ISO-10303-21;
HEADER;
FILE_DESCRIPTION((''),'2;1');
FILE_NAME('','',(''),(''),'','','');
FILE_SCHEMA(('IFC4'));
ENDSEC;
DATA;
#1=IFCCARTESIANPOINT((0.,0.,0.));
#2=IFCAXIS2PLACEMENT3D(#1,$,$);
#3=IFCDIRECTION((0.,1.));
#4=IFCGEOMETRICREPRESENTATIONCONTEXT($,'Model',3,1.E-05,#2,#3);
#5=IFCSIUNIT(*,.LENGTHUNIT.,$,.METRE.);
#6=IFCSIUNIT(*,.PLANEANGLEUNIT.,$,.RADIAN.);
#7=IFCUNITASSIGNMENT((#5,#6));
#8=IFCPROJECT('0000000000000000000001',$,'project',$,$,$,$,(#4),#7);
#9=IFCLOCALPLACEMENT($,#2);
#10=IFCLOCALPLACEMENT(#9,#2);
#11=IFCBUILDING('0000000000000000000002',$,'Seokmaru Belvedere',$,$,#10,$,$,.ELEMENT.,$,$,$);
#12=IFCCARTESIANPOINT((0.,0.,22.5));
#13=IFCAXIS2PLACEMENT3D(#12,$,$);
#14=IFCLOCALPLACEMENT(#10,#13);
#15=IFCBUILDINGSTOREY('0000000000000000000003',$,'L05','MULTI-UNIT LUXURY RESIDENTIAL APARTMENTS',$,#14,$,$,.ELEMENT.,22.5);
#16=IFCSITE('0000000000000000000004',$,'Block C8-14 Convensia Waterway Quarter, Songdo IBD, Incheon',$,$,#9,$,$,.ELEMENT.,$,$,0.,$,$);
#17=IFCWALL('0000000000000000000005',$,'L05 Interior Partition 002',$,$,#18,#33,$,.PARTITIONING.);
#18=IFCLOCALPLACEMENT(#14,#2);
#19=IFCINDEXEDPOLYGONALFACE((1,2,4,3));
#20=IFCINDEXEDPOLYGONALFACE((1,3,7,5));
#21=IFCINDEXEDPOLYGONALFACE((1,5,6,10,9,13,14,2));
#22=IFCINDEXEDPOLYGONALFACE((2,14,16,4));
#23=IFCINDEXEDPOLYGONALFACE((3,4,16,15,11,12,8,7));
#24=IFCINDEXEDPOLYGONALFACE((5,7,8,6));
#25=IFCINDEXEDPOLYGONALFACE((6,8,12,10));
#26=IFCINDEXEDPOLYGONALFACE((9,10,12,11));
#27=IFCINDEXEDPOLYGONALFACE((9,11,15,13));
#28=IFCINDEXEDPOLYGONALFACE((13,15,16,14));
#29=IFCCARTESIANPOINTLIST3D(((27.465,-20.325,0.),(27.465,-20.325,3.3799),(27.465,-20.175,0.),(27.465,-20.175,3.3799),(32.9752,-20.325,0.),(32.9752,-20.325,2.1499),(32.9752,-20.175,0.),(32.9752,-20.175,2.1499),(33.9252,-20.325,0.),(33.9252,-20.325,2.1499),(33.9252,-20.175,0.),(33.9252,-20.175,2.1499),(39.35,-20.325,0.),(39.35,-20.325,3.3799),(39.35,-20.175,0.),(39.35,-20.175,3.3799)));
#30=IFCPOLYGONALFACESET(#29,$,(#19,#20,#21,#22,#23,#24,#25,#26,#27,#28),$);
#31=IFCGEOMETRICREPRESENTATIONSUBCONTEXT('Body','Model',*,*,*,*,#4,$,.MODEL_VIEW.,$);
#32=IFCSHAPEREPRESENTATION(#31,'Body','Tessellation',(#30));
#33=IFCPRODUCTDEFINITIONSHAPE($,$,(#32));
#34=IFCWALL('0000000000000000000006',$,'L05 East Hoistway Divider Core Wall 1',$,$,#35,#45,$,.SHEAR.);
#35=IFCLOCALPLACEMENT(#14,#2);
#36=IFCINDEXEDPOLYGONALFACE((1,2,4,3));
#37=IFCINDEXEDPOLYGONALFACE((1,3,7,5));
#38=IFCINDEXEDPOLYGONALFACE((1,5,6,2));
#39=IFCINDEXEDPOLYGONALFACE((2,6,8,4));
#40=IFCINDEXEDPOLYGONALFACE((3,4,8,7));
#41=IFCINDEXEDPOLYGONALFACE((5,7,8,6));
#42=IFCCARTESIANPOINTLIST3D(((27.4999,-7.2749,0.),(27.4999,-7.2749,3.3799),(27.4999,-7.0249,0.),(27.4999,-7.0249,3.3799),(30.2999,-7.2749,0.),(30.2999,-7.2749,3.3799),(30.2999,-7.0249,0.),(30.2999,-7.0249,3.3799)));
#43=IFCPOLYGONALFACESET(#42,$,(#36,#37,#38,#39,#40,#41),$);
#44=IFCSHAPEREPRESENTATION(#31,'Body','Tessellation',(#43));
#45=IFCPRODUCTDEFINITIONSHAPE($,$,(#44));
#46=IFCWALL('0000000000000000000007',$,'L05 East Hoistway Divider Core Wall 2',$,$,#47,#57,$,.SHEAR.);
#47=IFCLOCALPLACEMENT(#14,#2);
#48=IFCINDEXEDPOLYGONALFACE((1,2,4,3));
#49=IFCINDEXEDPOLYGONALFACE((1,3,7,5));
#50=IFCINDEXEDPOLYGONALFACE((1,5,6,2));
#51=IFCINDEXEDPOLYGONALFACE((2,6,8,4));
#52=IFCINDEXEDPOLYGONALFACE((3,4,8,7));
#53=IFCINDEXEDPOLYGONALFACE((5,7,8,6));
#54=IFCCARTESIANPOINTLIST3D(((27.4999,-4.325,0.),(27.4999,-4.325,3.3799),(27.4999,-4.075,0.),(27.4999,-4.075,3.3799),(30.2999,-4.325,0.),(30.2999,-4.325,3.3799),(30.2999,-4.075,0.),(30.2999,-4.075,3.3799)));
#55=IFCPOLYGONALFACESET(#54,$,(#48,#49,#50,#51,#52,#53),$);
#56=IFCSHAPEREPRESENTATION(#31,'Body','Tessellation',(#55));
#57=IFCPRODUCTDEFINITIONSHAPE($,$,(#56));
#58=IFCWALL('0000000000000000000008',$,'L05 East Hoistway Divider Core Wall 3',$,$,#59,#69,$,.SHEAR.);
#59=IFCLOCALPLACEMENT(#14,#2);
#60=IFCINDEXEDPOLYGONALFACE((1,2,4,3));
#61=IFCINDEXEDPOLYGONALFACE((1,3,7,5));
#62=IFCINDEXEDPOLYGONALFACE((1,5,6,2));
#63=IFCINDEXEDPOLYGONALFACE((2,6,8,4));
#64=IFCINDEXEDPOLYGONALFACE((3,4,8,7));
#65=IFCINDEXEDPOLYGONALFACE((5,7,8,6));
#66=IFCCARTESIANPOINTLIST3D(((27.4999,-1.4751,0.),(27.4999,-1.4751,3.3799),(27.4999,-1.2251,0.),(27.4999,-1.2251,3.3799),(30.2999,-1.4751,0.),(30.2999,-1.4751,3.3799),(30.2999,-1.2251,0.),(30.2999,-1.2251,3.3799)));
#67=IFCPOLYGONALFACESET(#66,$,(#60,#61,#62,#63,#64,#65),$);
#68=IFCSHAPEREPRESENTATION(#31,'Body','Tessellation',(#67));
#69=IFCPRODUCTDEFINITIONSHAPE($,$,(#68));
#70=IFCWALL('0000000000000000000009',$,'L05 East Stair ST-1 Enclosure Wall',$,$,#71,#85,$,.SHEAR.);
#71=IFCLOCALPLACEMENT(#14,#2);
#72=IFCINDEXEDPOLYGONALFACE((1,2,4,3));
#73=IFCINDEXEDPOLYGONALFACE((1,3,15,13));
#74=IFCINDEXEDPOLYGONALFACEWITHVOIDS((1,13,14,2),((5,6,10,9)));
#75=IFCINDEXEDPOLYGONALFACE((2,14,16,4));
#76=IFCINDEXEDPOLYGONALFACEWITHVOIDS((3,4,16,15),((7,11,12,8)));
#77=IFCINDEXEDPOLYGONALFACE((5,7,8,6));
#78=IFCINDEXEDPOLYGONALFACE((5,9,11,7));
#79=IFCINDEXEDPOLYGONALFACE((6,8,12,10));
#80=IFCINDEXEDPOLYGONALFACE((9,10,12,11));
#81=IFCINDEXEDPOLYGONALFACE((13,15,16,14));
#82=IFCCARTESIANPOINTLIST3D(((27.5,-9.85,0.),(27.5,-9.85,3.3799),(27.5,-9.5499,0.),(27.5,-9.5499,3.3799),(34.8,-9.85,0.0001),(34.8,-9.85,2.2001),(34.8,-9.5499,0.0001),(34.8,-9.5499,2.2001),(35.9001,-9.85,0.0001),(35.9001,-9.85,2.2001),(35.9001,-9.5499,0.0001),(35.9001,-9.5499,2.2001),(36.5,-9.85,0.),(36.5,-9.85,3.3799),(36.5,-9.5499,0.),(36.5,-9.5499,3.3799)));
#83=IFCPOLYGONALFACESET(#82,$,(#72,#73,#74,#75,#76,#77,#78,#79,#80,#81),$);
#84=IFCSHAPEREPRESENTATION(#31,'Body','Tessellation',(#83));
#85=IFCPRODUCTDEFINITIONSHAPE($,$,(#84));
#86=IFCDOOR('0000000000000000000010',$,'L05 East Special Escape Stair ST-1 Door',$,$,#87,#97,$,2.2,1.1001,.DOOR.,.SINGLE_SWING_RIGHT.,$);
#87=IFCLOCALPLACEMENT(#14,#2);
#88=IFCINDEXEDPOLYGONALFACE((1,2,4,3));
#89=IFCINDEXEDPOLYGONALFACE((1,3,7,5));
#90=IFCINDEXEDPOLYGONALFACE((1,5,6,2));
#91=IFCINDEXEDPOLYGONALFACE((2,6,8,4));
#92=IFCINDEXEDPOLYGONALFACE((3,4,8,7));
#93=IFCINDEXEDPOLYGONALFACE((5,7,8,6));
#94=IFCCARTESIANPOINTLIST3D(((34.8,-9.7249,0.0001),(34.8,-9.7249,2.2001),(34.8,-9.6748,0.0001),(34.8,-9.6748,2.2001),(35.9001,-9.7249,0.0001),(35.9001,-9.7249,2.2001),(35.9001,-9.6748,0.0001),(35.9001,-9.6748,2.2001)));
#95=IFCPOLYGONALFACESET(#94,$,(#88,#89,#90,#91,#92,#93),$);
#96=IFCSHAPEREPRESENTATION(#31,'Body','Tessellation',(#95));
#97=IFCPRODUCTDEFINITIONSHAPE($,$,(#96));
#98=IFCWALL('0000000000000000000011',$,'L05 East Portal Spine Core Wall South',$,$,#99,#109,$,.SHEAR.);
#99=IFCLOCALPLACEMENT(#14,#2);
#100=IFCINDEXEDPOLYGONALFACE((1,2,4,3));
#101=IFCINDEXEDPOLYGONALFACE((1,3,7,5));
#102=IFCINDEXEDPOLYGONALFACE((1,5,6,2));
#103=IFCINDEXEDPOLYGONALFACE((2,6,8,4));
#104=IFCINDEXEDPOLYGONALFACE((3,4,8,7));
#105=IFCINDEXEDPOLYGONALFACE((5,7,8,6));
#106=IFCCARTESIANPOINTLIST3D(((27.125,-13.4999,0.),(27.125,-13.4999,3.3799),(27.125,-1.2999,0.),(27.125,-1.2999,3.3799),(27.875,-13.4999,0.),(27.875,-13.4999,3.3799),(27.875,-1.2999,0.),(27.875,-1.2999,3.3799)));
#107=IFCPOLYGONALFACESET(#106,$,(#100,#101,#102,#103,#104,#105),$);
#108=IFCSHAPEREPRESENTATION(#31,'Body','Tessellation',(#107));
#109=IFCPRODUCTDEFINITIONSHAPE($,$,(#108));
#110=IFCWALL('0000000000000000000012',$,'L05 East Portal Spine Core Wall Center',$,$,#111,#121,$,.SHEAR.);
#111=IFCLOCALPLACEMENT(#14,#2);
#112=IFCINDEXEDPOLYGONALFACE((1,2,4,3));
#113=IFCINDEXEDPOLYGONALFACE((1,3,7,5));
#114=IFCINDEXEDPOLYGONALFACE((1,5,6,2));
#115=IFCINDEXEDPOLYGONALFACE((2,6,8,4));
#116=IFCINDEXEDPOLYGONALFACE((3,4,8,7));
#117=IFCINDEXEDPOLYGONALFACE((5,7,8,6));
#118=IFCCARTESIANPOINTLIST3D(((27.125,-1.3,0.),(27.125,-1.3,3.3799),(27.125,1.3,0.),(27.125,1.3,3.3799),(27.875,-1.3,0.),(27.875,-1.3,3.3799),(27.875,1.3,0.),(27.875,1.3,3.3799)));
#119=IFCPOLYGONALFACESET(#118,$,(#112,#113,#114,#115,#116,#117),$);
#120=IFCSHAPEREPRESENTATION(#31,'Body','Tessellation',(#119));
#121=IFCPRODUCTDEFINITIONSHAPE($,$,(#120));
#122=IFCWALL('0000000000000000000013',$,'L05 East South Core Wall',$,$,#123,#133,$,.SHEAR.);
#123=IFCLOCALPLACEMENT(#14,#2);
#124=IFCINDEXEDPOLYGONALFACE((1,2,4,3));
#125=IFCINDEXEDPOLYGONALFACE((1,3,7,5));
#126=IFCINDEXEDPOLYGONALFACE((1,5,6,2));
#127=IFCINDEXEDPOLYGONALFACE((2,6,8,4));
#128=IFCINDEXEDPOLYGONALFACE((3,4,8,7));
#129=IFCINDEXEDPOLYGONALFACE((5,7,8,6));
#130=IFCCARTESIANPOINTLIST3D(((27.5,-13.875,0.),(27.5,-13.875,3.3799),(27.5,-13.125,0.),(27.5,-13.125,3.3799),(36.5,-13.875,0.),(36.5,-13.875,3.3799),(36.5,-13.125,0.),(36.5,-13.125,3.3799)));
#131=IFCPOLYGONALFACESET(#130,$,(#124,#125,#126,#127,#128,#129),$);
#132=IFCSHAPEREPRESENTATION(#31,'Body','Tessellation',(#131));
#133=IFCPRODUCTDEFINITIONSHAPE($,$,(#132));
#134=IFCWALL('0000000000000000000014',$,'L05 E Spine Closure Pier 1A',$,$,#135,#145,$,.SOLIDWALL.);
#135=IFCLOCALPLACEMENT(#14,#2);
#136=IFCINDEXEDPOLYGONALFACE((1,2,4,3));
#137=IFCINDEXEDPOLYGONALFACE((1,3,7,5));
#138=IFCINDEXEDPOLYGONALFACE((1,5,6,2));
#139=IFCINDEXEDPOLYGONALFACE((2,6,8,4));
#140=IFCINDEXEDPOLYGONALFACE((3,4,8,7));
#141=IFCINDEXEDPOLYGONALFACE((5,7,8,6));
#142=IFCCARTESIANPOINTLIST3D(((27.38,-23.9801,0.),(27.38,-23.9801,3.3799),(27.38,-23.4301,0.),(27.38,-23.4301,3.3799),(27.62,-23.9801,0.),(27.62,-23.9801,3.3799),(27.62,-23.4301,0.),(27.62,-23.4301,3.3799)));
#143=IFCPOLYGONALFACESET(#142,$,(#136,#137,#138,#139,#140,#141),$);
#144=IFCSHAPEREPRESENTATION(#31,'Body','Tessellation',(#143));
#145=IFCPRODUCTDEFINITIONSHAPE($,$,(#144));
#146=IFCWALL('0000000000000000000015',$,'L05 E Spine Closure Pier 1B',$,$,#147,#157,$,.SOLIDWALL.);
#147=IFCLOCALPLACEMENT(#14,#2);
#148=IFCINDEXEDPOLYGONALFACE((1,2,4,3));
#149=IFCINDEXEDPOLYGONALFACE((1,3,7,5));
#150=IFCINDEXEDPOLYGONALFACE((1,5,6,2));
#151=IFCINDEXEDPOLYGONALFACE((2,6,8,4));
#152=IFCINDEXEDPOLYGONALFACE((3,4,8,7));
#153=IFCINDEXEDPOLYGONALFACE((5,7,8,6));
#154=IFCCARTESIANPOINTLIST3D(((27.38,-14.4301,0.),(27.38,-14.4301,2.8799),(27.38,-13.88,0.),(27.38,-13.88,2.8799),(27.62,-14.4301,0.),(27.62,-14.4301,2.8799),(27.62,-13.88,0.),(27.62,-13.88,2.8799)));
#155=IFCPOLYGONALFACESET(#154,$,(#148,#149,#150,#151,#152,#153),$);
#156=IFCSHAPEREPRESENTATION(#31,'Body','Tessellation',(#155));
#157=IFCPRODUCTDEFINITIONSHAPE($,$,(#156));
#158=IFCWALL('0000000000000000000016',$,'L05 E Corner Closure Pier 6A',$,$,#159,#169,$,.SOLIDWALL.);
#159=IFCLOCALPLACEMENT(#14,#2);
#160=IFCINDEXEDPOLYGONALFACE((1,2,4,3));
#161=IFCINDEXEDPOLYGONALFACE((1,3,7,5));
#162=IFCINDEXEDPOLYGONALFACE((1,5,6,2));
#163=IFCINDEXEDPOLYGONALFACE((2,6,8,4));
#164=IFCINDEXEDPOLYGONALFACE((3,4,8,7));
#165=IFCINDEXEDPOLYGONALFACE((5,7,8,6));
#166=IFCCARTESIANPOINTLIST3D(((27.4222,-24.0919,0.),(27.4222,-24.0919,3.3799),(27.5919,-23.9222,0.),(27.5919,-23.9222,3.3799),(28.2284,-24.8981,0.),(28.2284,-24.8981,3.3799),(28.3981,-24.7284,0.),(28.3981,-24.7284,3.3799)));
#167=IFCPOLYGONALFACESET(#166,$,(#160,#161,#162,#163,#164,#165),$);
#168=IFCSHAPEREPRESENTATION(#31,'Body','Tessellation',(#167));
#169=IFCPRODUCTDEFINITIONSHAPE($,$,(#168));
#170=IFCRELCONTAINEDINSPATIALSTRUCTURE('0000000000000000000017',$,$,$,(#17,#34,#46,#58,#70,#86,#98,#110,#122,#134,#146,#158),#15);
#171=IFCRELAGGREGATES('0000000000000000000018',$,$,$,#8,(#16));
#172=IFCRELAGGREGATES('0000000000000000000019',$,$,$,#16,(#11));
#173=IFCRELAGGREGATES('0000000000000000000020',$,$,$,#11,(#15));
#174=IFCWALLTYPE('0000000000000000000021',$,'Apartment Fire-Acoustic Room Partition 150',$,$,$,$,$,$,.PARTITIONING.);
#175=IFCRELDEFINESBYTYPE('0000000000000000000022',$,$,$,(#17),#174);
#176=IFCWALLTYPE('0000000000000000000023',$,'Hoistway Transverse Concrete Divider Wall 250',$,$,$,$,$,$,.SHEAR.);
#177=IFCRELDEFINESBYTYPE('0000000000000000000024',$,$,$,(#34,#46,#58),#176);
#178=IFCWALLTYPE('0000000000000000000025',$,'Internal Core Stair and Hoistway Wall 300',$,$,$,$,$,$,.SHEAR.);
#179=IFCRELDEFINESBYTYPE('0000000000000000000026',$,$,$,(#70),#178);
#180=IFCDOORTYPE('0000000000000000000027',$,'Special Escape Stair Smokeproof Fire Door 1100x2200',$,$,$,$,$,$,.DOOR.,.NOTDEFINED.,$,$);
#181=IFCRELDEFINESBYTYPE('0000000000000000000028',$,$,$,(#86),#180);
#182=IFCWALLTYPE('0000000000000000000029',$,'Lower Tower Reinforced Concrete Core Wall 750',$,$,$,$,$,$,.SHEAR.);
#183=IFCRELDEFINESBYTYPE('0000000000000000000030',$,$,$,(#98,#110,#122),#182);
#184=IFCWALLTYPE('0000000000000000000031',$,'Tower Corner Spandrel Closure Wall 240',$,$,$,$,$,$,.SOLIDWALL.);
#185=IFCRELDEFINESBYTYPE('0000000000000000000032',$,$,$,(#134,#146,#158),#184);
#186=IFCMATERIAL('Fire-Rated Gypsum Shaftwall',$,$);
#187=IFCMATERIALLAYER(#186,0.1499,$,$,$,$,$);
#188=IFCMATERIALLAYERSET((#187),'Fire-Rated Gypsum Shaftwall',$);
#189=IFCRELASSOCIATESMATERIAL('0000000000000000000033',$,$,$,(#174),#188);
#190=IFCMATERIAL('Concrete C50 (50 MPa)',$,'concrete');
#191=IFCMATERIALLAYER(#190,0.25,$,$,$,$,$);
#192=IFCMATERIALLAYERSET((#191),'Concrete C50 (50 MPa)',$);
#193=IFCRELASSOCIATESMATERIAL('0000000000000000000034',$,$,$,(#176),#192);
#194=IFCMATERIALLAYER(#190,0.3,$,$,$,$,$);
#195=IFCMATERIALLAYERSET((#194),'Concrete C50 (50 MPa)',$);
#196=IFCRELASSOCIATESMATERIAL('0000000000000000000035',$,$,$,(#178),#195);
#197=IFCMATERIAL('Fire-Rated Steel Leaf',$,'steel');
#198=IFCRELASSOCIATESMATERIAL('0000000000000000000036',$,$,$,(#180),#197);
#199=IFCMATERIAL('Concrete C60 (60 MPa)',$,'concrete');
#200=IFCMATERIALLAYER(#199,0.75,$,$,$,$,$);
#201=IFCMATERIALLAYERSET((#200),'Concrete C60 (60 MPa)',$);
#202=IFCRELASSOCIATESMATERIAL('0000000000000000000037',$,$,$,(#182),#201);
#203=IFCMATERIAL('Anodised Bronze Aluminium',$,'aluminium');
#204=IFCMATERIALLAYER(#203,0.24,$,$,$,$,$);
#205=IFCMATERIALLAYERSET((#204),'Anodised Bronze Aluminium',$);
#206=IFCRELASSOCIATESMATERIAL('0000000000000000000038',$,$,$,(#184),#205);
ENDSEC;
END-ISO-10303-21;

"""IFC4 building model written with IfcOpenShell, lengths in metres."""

from ifc_helpers import new_model, si_unit, direction, frame, frame_2d, origin, place, context, subcontext, project, spatial, rectangle, extrude, source, transform, mapped, material, layer, layer_set, type_object, type_shapes, element, fill, save


model = new_model("IFC4")

# Units and contexts
model_context = context("Model", 3, precision=1e-05, world=origin(), true_north=direction((0.0, 1.0)))
body_context = subcontext(model_context, "Body", "Model", "MODEL_VIEW")
ifc_project = project(units=[si_unit("LENGTHUNIT", "METRE"), si_unit("PLANEANGLEUNIT", "RADIAN")], contexts=[model_context])

# Site, building, storey
site_placement = place(None, origin())
site = spatial("IfcSite", under=ifc_project, at=site_placement, Name="Block C8-14 Convensia Waterway Quarter, Songdo IBD, Incheon", CompositionType="ELEMENT", RefElevation=0.0)
building_placement = place(site_placement, origin())
building = spatial("IfcBuilding", under=site, at=building_placement, Name="Seokmaru Belvedere", CompositionType="ELEMENT")
storey_placement = place(building_placement, frame((0.0, 0.0, 22.5)))
storey = spatial("IfcBuildingStorey", under=building, at=storey_placement, Name="L05", Description="MULTI-UNIT LUXURY RESIDENTIAL APARTMENTS", CompositionType="ELEMENT", Elevation=22.5)

# Shared definitions
ifc_material_1 = material(Name="Anodised Bronze Aluminium", Category="aluminium")

# Wall, opening
ifc_material_2 = material(Name="Fire-Rated Gypsum Shaftwall")
ifc_layer_1 = layer(ifc_material_2, 0.1499)
ifc_layer_set_1 = layer_set([ifc_layer_1], Name="Fire-Rated Gypsum Shaftwall")
wall_type_1 = type_object("IfcWallType", Name="Apartment Fire-Acoustic Room Partition 150", PredefinedType="PARTITIONING", material=ifc_layer_set_1)
wall_1_placement = place(storey_placement, frame((27.4651, -20.25, 0.0), z_axis=(0.0, 0.0, 1.0), x_axis=(1.0, 0.0, 0.0)))
wall_1 = element("IfcWall", 1, at=wall_1_placement, inside=storey, type_object=wall_type_1, Name="L05 Interior Partition 002", PredefinedType="PARTITIONING", context=body_context, shape_type="SweptSolid", body=[
    extrude(rectangle(XDim=11.885, YDim=0.1499, at=frame_2d((5.9424, 0.0))), origin(), (0.0, 0.0, 1.0), 3.3799),
])
opening_1_placement = place(wall_1_placement, frame((5.51, 0.0, 0.0)))
element("IfcOpeningElement", 2, at=opening_1_placement, cuts=wall_1, PredefinedType="OPENING", context=body_context, shape_type="SweptSolid", body=[
    extrude(rectangle(XDim=0.95, YDim=2.1499, at=frame_2d((0.4751, 1.075))), frame((0.0, 0.085, 0.0), z_axis=(0.0, -1.0, 0.0), x_axis=(1.0, 0.0, 0.0)), (0.0, 0.0, 1.0), 0.1699),
])

# Walls
ifc_material_3 = material(Name="Concrete C50 (50 MPa)", Category="concrete")
ifc_layer_2 = layer(ifc_material_3, 0.25)
ifc_layer_set_2 = layer_set([ifc_layer_2], Name="Concrete C50 (50 MPa)")
wall_type_2 = type_object("IfcWallType", Name="Hoistway Transverse Concrete Divider Wall 250", PredefinedType="SHEAR", material=ifc_layer_set_2)
for number, where, z_axis, x_axis, name in (
    (3, (27.5, -7.1499, 0.0), (0.0, 0.0, 1.0), (1.0, 0.0, 0.0), "L05 East Hoistway Divider Core Wall 1"),
    (4, (27.5, -4.2, 0.0), (0.0, 0.0, 1.0), (1.0, 0.0, 0.0), "L05 East Hoistway Divider Core Wall 2"),
    (5, (27.5, -1.3501, 0.0), (0.0, 0.0, 1.0), (1.0, 0.0, 0.0), "L05 East Hoistway Divider Core Wall 3"),
):
    element("IfcWall", number, at=place(storey_placement, frame(where, z_axis=z_axis, x_axis=x_axis)), inside=storey, type_object=wall_type_2, Name=name, PredefinedType="SHEAR", context=body_context, shape_type="SweptSolid", body=[
        extrude(rectangle(XDim=2.8, YDim=0.25, at=frame_2d((1.3999, 0.0))), origin(), (0.0, 0.0, 1.0), 3.3799),
    ])

# Wall, opening, door
ifc_layer_3 = layer(ifc_material_3, 0.3)
ifc_layer_set_3 = layer_set([ifc_layer_3], Name="Concrete C50 (50 MPa)")
wall_type_3 = type_object("IfcWallType", Name="Internal Core Stair and Hoistway Wall 300", PredefinedType="SHEAR", material=ifc_layer_set_3)
wall_2_placement = place(storey_placement, frame((27.5, -9.7, 0.0), z_axis=(0.0, 0.0, 1.0), x_axis=(1.0, 0.0, 0.0)))
wall_2 = element("IfcWall", 6, at=wall_2_placement, inside=storey, type_object=wall_type_3, Name="L05 East Stair ST-1 Enclosure Wall", PredefinedType="SHEAR", context=body_context, shape_type="SweptSolid", body=[
    extrude(rectangle(XDim=9.0, YDim=0.3, at=frame_2d((4.5, 0.0))), origin(), (0.0, 0.0, 1.0), 3.3799),
])
opening_2_placement = place(wall_2_placement, frame((7.3, 0.0, 0.0)))
opening_2 = element("IfcOpeningElement", 7, at=opening_2_placement, cuts=wall_2, PredefinedType="OPENING", context=body_context, shape_type="SweptSolid", body=[
    extrude(rectangle(XDim=1.1001, YDim=2.2, at=frame_2d((0.55, 1.1001))), frame((0.0, 0.1602, 0.0), z_axis=(0.0, -1.0, 0.0), x_axis=(1.0, 0.0, 0.0)), (0.0, 0.0, 1.0), 0.3201),
])
ifc_material_4 = material(Name="Fire-Rated Steel Leaf", Category="steel")
door_type = type_object("IfcDoorType", Name="Special Escape Stair Smokeproof Fire Door 1100x2200", OperationType="NOTDEFINED", PredefinedType="DOOR", material=ifc_material_4)
shared_shape_1 = source(origin(), body_context, "Body", "SweptSolid", [
    extrude(rectangle(XDim=1.1001, YDim=2.2, at=frame_2d((0.55, 1.1001))), frame((0.0, 0.0249, 0.0), z_axis=(0.0, -1.0, 0.0), x_axis=(1.0, 0.0, 0.0)), (0.0, 0.0, 1.0), 0.05),
])
type_shapes(door_type, [shared_shape_1])
door_placement = place(opening_2_placement, frame((1.1001, 0.0, 0.0), z_axis=(0.0, 0.0, 1.0), x_axis=(-1.0, 0.0, 0.0)))
door = element("IfcDoor", 8, at=door_placement, inside=storey, type_object=door_type, Name="L05 East Special Escape Stair ST-1 Door", OperationType="SINGLE_SWING_RIGHT", OverallHeight=2.2, OverallWidth=1.1001, PredefinedType="DOOR", context=body_context, shape_type="MappedRepresentation", body=[
    mapped(shared_shape_1, transform((0.0, 0.0, 0.0), scale=1.0)),
])
fill(opening_2, door)

# Walls
ifc_material_5 = material(Name="Concrete C60 (60 MPa)", Category="concrete")
ifc_layer_4 = layer(ifc_material_5, 0.75)
ifc_layer_set_4 = layer_set([ifc_layer_4], Name="Concrete C60 (60 MPa)")
wall_type_4 = type_object("IfcWallType", Name="Lower Tower Reinforced Concrete Core Wall 750", PredefinedType="SHEAR", material=ifc_layer_set_4)
wall_3_placement = place(storey_placement, frame((27.5, -13.5, 0.0), z_axis=(0.0, 0.0, 1.0), x_axis=(0.0, 1.0, 0.0)))
element("IfcWall", 9, at=wall_3_placement, inside=storey, type_object=wall_type_4, Name="L05 East Portal Spine Core Wall South", PredefinedType="SHEAR", context=body_context, shape_type="SweptSolid", body=[
    extrude(rectangle(XDim=12.2, YDim=0.75, at=frame_2d((6.1001, 0.0))), origin(), (0.0, 0.0, 1.0), 3.3799),
])
wall_4_placement = place(storey_placement, frame((27.5, -1.3, 0.0), z_axis=(0.0, 0.0, 1.0), x_axis=(0.0, 1.0, 0.0)))
element("IfcWall", 10, at=wall_4_placement, inside=storey, type_object=wall_type_4, Name="L05 East Portal Spine Core Wall Center", PredefinedType="SHEAR", context=body_context, shape_type="SweptSolid", body=[
    extrude(rectangle(XDim=2.6001, YDim=0.75, at=frame_2d((1.3, 0.0))), origin(), (0.0, 0.0, 1.0), 3.3799),
])
wall_5_placement = place(storey_placement, frame((27.5, -13.5, 0.0), z_axis=(0.0, 0.0, 1.0), x_axis=(1.0, 0.0, 0.0)))
element("IfcWall", 11, at=wall_5_placement, inside=storey, type_object=wall_type_4, Name="L05 East South Core Wall", PredefinedType="SHEAR", context=body_context, shape_type="SweptSolid", body=[
    extrude(rectangle(XDim=9.0, YDim=0.75, at=frame_2d((4.5, 0.0))), origin(), (0.0, 0.0, 1.0), 3.3799),
])
ifc_layer_5 = layer(ifc_material_1, 0.24)
ifc_layer_set_5 = layer_set([ifc_layer_5], Name="Anodised Bronze Aluminium")
wall_type_5 = type_object("IfcWallType", Name="Tower Corner Spandrel Closure Wall 240", PredefinedType="SOLIDWALL", material=ifc_layer_set_5)
wall_6_placement = place(storey_placement, frame((27.5, -23.98, 0.0), z_axis=(0.0, 0.0, 1.0), x_axis=(0.0, 1.0, 0.0)))
element("IfcWall", 12, at=wall_6_placement, inside=storey, type_object=wall_type_5, Name="L05 E Spine Closure Pier 1A", PredefinedType="SOLIDWALL", context=body_context, shape_type="SweptSolid", body=[
    extrude(rectangle(XDim=0.55, YDim=0.24, at=frame_2d((0.2749, 0.0))), origin(), (0.0, 0.0, 1.0), 3.3799),
])
wall_7_placement = place(storey_placement, frame((27.5, -14.4299, 0.0), z_axis=(0.0, 0.0, 1.0), x_axis=(0.0, 1.0, 0.0)))
element("IfcWall", 13, at=wall_7_placement, inside=storey, type_object=wall_type_5, Name="L05 E Spine Closure Pier 1B", PredefinedType="SOLIDWALL", context=body_context, shape_type="SweptSolid", body=[
    extrude(rectangle(XDim=0.55, YDim=0.24, at=frame_2d((0.2749, 0.0))), origin(), (0.0, 0.0, 1.0), 2.8799),
])
wall_8_placement = place(storey_placement, frame((27.5071, -24.0071, 0.0), z_axis=(0.0, 0.0, 1.0), x_axis=(0.707107, -0.707107, 0.0)))
element("IfcWall", 14, at=wall_8_placement, inside=storey, type_object=wall_type_5, Name="L05 E Corner Closure Pier 6A", PredefinedType="SOLIDWALL", context=body_context, shape_type="SweptSolid", body=[
    extrude(rectangle(XDim=1.1401, YDim=0.24, at=frame_2d((0.5701, 0.0))), origin(), (0.0, 0.0, 1.0), 3.3799),
])

save(model, "model.ifc")
